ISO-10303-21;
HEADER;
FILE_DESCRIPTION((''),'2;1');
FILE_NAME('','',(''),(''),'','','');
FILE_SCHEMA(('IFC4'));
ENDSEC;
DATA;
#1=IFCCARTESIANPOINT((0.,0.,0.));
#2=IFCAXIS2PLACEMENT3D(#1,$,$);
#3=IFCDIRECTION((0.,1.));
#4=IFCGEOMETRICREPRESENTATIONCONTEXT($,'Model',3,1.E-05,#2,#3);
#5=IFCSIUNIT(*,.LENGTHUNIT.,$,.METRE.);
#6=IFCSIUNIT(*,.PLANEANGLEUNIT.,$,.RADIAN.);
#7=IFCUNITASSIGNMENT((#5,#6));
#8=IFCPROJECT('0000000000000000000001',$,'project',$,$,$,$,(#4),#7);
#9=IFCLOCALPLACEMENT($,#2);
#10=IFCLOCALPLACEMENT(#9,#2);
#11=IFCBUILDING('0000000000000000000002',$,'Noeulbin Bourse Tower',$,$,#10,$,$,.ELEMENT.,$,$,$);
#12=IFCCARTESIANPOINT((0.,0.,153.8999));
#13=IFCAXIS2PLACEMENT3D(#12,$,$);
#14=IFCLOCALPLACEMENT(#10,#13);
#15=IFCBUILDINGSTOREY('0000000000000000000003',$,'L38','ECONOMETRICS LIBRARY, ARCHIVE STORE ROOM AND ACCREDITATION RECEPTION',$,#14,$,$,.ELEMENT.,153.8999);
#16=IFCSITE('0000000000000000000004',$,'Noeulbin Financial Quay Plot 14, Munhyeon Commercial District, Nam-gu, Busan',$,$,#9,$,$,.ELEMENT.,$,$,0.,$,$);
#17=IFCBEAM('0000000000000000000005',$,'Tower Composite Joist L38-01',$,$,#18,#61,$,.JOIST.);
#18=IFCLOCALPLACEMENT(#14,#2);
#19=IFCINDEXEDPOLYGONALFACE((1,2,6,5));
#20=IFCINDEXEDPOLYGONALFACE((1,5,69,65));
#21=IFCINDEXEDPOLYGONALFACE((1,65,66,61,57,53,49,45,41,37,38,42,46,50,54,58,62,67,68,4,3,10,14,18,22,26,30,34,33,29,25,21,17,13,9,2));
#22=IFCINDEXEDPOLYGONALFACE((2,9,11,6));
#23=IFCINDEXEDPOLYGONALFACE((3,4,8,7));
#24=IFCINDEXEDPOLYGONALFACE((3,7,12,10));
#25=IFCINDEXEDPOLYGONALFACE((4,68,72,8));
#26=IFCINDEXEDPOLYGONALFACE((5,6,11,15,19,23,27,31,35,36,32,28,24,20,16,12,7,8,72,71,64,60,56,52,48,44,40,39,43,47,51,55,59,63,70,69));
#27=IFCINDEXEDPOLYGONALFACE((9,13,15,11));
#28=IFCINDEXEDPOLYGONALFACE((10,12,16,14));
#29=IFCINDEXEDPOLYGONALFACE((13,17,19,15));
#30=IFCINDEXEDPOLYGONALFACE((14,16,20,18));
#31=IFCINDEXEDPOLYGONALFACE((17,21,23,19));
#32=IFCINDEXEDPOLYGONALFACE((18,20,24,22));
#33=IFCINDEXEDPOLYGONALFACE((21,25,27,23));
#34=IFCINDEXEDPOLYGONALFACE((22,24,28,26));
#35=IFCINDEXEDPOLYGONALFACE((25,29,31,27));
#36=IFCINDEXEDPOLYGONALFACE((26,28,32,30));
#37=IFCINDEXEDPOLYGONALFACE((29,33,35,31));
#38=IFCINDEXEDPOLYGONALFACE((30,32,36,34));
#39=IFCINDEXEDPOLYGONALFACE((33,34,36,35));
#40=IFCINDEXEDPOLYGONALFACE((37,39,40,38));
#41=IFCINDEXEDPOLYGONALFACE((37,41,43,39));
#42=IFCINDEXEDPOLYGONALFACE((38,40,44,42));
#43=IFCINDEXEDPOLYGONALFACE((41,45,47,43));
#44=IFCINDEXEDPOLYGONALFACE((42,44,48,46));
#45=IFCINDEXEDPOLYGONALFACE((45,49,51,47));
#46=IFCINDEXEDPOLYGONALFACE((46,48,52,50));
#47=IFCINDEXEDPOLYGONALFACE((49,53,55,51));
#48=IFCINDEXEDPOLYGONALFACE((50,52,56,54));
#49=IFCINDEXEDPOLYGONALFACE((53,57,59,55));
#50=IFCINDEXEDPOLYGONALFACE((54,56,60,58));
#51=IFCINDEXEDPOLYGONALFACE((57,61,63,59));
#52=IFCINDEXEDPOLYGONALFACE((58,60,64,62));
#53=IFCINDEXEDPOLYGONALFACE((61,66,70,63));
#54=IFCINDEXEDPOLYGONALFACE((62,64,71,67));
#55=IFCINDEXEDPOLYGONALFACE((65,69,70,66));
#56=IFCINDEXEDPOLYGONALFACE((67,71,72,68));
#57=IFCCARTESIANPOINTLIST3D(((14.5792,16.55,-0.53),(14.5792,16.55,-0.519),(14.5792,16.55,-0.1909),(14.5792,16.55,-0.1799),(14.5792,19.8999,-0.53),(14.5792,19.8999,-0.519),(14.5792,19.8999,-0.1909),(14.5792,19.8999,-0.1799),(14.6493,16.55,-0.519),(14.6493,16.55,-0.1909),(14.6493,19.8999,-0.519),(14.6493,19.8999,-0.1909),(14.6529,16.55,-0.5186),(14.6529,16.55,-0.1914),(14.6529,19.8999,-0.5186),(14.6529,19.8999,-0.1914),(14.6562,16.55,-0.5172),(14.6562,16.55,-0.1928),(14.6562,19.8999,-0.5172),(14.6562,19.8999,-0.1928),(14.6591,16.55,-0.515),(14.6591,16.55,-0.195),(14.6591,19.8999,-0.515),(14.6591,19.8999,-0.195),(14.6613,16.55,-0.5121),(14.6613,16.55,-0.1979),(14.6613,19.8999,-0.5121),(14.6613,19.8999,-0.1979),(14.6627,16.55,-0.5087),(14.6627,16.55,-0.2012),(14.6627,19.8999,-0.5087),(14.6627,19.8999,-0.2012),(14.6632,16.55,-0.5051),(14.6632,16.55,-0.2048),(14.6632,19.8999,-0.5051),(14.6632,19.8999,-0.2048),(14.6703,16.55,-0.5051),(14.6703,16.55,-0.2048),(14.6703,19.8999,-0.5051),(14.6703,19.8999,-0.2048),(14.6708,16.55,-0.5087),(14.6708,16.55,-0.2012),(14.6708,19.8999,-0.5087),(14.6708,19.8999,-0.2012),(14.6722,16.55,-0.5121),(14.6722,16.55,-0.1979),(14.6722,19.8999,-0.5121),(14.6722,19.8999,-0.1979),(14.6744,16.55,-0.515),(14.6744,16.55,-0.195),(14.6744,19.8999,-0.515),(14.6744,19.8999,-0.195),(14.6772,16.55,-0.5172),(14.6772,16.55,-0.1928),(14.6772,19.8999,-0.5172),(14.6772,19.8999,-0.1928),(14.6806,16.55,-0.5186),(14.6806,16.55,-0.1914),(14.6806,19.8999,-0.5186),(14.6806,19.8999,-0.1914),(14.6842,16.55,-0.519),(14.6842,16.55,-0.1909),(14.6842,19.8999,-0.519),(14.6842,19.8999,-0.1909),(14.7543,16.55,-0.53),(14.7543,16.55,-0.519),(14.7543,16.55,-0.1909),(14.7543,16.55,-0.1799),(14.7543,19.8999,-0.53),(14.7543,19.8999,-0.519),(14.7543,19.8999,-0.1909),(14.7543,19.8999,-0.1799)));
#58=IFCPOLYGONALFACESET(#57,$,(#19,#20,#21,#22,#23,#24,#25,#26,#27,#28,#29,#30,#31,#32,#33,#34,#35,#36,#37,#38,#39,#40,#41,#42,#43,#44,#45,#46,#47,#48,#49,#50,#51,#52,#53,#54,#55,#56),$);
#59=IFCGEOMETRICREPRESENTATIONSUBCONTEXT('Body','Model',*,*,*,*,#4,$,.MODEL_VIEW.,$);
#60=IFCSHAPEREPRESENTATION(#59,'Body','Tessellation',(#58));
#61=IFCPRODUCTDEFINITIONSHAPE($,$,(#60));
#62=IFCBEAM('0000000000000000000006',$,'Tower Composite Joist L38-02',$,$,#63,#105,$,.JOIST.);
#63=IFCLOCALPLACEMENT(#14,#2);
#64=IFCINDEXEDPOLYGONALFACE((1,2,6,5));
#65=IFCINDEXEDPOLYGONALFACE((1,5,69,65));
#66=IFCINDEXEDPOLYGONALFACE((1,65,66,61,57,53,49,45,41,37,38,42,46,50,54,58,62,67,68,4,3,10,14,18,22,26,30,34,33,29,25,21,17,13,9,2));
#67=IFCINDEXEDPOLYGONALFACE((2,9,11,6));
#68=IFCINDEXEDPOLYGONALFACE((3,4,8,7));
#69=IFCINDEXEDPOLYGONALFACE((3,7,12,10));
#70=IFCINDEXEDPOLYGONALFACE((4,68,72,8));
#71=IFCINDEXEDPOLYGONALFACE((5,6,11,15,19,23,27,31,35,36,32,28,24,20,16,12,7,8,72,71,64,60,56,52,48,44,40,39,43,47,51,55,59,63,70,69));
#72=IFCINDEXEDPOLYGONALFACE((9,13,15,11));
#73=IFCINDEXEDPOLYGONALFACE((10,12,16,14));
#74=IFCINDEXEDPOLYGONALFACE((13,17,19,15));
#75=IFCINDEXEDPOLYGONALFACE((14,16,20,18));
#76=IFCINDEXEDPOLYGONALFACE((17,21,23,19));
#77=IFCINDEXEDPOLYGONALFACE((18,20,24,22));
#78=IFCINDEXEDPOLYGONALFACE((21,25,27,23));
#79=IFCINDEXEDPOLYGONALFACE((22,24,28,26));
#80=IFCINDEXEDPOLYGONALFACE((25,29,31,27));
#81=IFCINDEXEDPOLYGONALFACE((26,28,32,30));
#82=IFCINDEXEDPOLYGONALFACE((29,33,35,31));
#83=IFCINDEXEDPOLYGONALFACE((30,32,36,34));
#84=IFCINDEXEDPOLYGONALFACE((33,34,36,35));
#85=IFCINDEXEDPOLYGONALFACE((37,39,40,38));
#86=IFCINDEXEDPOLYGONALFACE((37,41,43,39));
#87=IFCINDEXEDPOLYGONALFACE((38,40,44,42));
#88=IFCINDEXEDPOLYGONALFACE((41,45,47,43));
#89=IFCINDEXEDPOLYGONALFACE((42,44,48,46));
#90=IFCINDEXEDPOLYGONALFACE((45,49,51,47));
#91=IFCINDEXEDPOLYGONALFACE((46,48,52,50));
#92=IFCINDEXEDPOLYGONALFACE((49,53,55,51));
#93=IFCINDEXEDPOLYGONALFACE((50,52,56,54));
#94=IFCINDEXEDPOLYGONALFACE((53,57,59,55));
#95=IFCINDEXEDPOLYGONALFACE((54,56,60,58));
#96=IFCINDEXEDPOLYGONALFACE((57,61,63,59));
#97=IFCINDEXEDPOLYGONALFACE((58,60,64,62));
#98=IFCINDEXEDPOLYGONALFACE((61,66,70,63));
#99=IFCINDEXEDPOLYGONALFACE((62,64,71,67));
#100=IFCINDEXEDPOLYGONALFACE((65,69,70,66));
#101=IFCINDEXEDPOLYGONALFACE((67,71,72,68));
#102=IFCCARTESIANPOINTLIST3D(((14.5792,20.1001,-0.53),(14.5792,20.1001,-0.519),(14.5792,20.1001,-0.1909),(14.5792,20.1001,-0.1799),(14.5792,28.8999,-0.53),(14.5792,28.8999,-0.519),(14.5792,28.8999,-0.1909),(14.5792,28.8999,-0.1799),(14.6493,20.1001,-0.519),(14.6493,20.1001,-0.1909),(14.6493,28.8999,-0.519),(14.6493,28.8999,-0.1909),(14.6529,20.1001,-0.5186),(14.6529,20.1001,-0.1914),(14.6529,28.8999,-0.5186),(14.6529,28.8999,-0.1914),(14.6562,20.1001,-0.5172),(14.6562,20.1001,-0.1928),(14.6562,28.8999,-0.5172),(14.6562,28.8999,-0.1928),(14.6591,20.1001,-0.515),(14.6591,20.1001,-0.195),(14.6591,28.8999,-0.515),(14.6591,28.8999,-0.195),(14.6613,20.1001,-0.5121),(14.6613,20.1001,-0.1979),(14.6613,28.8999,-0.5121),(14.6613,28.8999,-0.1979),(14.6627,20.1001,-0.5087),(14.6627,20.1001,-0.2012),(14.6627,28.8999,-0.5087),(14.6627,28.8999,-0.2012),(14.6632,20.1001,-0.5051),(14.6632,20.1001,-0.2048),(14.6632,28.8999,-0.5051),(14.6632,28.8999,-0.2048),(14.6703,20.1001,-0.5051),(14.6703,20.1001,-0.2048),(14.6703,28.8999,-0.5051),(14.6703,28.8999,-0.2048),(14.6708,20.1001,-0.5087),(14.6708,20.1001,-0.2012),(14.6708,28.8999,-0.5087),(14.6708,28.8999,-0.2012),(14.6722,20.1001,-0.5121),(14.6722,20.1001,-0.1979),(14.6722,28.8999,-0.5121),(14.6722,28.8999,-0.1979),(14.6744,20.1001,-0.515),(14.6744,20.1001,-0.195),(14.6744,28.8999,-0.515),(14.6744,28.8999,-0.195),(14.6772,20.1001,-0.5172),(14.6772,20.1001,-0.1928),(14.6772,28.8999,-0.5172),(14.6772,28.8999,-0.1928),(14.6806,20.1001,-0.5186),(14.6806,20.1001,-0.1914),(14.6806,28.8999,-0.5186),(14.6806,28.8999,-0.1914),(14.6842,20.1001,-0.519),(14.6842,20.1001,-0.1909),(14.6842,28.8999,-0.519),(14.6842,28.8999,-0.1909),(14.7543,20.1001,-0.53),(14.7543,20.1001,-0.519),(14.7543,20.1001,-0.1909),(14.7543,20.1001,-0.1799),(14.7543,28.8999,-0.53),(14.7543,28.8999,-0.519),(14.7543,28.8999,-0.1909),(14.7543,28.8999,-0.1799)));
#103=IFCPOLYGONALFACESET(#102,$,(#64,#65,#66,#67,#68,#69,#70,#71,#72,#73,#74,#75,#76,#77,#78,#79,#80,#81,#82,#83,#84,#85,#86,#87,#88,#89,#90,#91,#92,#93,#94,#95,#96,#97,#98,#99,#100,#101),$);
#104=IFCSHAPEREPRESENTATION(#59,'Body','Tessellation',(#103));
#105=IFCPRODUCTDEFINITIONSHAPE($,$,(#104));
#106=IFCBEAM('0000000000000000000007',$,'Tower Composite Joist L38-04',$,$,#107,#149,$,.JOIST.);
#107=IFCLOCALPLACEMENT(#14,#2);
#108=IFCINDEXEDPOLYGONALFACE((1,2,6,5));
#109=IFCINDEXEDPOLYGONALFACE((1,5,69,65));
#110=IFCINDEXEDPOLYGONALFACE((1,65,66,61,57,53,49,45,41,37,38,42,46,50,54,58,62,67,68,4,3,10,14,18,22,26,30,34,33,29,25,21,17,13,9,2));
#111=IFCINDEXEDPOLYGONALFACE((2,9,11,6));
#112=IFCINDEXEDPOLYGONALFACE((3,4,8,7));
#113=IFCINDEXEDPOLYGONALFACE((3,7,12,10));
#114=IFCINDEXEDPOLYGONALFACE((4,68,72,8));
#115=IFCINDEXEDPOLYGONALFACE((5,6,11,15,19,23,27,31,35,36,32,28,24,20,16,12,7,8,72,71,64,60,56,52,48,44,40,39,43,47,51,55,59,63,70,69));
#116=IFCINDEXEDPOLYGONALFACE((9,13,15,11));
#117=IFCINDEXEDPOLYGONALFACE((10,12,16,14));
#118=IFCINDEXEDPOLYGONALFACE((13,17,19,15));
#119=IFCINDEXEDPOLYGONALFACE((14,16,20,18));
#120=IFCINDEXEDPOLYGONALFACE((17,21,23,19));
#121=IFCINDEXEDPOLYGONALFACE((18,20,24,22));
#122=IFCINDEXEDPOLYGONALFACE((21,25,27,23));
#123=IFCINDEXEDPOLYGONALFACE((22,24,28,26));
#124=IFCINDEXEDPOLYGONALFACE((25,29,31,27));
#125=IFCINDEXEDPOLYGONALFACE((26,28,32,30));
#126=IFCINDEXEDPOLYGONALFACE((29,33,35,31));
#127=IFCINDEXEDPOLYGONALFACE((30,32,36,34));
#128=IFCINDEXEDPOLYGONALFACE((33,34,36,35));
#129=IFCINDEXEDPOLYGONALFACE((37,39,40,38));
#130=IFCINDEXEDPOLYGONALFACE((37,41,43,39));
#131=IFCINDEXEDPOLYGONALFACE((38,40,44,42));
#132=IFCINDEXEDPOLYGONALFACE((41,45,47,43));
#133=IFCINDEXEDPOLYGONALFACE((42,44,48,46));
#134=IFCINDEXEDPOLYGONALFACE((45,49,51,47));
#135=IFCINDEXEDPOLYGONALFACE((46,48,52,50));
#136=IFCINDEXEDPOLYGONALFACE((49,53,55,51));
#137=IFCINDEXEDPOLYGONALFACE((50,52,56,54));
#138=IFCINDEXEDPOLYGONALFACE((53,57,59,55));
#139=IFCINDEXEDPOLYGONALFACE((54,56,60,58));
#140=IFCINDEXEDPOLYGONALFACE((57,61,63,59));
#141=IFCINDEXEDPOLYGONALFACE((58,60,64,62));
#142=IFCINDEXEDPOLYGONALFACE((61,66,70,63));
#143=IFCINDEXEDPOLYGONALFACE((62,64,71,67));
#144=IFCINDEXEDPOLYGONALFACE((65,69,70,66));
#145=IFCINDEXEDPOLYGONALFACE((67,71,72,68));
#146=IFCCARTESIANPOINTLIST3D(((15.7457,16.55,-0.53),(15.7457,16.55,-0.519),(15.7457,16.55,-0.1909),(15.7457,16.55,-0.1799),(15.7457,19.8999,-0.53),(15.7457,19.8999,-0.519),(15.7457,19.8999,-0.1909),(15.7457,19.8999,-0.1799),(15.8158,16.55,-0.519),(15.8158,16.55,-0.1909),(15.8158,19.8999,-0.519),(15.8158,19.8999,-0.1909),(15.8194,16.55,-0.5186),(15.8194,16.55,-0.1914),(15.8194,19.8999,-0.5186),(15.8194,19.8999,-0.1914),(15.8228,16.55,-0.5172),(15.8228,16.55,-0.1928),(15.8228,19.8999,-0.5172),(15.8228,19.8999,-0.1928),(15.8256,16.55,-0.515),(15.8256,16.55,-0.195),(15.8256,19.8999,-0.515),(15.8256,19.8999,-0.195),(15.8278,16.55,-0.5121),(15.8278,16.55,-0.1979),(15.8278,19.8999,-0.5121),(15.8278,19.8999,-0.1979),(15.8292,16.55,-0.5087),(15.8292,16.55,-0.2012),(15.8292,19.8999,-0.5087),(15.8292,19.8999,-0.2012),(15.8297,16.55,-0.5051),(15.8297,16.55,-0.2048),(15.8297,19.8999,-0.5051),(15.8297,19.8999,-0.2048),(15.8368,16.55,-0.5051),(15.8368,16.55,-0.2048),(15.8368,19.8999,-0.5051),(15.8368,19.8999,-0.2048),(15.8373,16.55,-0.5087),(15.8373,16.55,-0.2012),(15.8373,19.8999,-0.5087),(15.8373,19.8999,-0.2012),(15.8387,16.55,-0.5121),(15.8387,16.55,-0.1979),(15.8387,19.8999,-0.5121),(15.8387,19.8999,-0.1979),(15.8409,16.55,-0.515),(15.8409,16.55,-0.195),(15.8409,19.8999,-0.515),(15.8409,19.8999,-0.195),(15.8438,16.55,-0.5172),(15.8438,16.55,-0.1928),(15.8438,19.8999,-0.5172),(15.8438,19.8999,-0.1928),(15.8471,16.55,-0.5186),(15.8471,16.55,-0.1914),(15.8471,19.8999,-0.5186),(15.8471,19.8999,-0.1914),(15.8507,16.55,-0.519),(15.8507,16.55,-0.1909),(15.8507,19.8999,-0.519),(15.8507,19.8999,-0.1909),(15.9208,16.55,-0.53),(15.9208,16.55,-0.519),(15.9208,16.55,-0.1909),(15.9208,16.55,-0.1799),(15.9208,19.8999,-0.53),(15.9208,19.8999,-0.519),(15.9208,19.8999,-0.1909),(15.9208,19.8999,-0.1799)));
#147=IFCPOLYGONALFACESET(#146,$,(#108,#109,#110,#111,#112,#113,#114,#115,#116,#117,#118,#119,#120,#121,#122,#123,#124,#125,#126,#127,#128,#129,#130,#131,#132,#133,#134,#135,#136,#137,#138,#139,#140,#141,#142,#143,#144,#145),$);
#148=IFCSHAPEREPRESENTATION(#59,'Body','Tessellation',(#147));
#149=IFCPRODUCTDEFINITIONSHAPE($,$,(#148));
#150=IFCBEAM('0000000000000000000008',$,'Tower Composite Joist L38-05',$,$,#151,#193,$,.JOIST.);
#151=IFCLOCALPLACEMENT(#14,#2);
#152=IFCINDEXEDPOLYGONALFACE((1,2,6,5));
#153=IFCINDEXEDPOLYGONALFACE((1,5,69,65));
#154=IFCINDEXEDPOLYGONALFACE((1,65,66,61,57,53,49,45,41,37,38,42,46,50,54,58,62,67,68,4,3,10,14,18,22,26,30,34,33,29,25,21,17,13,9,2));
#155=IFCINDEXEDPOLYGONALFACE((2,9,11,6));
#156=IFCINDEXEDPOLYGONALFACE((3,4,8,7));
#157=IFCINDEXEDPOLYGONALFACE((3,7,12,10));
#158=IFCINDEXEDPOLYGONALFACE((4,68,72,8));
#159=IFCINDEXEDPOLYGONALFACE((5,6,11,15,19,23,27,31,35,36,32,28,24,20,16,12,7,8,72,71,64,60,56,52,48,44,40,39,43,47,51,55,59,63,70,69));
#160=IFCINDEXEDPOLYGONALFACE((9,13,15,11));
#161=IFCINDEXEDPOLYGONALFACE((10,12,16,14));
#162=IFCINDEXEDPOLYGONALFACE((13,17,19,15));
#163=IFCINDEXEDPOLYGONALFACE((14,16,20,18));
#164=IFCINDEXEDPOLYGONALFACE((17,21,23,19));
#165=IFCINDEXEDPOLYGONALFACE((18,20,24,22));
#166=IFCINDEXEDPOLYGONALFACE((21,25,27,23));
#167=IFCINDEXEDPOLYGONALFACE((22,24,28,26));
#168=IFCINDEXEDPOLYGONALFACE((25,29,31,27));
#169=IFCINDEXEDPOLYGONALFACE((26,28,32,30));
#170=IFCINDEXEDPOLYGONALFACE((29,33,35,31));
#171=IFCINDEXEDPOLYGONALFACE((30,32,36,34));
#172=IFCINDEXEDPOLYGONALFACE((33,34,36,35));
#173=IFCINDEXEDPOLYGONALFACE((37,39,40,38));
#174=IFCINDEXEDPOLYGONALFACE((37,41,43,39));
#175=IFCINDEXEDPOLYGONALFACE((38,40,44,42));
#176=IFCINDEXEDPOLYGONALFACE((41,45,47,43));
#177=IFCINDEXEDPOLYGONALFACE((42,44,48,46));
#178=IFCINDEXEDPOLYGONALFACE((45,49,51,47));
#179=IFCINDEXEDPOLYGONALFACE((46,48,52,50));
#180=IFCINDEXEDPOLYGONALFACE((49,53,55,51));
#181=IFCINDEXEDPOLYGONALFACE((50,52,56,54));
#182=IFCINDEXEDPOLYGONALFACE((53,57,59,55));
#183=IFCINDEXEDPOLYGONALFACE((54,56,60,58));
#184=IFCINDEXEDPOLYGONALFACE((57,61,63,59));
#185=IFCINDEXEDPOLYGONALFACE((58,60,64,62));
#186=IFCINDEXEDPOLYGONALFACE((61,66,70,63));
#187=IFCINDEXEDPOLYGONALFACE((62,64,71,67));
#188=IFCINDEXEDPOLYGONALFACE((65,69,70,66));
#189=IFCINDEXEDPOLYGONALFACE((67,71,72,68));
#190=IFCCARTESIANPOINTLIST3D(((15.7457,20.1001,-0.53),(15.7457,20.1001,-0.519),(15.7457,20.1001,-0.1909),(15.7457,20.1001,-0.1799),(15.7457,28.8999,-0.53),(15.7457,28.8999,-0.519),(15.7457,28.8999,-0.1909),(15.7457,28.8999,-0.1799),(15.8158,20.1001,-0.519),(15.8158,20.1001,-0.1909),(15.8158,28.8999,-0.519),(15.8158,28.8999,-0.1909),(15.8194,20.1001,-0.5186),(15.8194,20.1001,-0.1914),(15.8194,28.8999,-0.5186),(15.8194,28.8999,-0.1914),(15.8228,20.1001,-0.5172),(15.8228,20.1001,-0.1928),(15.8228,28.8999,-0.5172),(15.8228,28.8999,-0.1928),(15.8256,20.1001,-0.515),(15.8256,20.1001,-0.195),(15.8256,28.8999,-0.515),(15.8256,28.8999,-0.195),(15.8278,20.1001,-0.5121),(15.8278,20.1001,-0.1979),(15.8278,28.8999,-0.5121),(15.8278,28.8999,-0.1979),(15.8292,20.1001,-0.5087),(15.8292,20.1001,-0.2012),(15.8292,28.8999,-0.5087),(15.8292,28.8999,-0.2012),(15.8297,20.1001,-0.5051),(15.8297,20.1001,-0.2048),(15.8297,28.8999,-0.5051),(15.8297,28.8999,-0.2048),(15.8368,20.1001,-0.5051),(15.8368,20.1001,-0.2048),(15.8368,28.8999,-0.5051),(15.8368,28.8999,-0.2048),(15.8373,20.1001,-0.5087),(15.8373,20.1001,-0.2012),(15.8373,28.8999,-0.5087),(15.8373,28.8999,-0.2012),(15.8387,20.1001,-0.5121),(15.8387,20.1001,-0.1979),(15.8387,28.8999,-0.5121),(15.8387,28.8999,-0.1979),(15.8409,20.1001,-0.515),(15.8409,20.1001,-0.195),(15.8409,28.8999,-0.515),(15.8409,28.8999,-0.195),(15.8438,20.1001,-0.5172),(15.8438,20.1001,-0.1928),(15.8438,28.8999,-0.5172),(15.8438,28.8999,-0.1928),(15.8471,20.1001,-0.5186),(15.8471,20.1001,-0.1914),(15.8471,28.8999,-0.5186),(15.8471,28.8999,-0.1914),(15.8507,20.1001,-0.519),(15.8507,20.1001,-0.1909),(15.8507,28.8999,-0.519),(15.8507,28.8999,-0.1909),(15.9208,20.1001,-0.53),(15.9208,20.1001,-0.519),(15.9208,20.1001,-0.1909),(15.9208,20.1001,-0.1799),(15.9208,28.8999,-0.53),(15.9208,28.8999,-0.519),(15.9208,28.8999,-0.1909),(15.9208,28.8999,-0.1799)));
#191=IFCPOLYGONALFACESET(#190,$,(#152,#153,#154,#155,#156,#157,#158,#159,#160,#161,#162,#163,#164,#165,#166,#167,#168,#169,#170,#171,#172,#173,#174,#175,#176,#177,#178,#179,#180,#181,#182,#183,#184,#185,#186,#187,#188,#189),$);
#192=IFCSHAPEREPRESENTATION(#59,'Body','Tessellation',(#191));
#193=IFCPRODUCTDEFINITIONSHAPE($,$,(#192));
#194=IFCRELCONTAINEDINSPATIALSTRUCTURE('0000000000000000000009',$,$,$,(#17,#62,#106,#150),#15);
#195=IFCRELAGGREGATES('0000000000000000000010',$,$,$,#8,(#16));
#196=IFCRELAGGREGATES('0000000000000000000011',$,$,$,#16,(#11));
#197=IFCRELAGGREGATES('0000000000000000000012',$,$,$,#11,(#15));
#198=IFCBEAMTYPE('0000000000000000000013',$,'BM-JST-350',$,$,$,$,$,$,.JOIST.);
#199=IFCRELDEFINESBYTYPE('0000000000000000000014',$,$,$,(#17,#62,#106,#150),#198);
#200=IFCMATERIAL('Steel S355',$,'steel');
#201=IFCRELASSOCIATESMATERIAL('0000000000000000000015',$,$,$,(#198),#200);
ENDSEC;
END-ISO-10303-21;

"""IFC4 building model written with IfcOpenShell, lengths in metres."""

from ifc_helpers import new_model, si_unit, direction, frame, origin, origin_2d, place, context, subcontext, project, spatial, i_section, extrude, material, material_profile, profile_set, type_object, element, save


model = new_model("IFC4")

# Units and contexts
model_context = context("Model", 3, precision=1e-05, world=origin(), true_north=direction((0.0, 1.0)))
body_context = subcontext(model_context, "Body", "Model", "MODEL_VIEW")
ifc_project = project(units=[si_unit("LENGTHUNIT", "METRE"), si_unit("PLANEANGLEUNIT", "RADIAN")], contexts=[model_context])

# Site, building, storey
site_placement = place(None, origin())
site = spatial("IfcSite", under=ifc_project, at=site_placement, Name="Noeulbin Financial Quay Plot 14, Munhyeon Commercial District, Nam-gu, Busan", CompositionType="ELEMENT", RefElevation=0.0)
building_placement = place(site_placement, origin())
building = spatial("IfcBuilding", under=site, at=building_placement, Name="Noeulbin Bourse Tower", CompositionType="ELEMENT")
storey_placement = place(building_placement, frame((0.0, 0.0, 153.8999)))
storey = spatial("IfcBuildingStorey", under=building, at=storey_placement, Name="L38", Description="ECONOMETRICS LIBRARY, ARCHIVE STORE ROOM AND ACCREDITATION RECEPTION", CompositionType="ELEMENT", Elevation=153.8999)

# Shared definitions
ifc_material_1 = material(Name="Steel S355", Category="steel")

# Beams
ifc_material_profile_1 = material_profile(ifc_material_1, i_section(OverallWidth=0.175, OverallDepth=0.3501, WebThickness=0.0071, FlangeThickness=0.011, FilletRadius=0.0139, at=origin_2d()), Name="H-350x175x7x11", Category="LoadBearing")
ifc_profile_set_1 = profile_set([ifc_material_profile_1], Name="Steel S355")
beam_type_1 = type_object("IfcBeamType", Name="BM-JST-350", PredefinedType="JOIST", material=ifc_profile_set_1)
beam_1_placement = place(storey_placement, frame((14.6667, 16.55, -0.355), z_axis=(0.0, 1.0, 0.0), x_axis=(-1.0, 0.0, 0.0)))
element("IfcBeam", 1, at=beam_1_placement, inside=storey, type_object=beam_type_1, Name="Tower Composite Joist L38-01", PredefinedType="JOIST", context=body_context, shape_type="SweptSolid", body=[
    extrude(i_section(OverallWidth=0.175, OverallDepth=0.3501, WebThickness=0.0071, FlangeThickness=0.011, FilletRadius=0.0139, at=origin_2d()), origin(), (0.0, 0.0, 1.0), 3.3499),
])
beam_2_placement = place(storey_placement, frame((14.6667, 20.1001, -0.355), z_axis=(0.0, 1.0, 0.0), x_axis=(-1.0, 0.0, 0.0)))
element("IfcBeam", 2, at=beam_2_placement, inside=storey, type_object=beam_type_1, Name="Tower Composite Joist L38-02", PredefinedType="JOIST", context=body_context, shape_type="SweptSolid", body=[
    extrude(i_section(OverallWidth=0.175, OverallDepth=0.3501, WebThickness=0.0071, FlangeThickness=0.011, FilletRadius=0.0139, at=origin_2d()), origin(), (0.0, 0.0, 1.0), 8.7998),
])
beam_3_placement = place(storey_placement, frame((15.8333, 16.55, -0.355), z_axis=(0.0, 1.0, 0.0), x_axis=(-1.0, 0.0, 0.0)))
element("IfcBeam", 3, at=beam_3_placement, inside=storey, type_object=beam_type_1, Name="Tower Composite Joist L38-04", PredefinedType="JOIST", context=body_context, shape_type="SweptSolid", body=[
    extrude(i_section(OverallWidth=0.175, OverallDepth=0.3501, WebThickness=0.0071, FlangeThickness=0.011, FilletRadius=0.0139, at=origin_2d()), origin(), (0.0, 0.0, 1.0), 3.3499),
])
beam_4_placement = place(storey_placement, frame((15.8333, 20.1001, -0.355), z_axis=(0.0, 1.0, 0.0), x_axis=(-1.0, 0.0, 0.0)))
element("IfcBeam", 4, at=beam_4_placement, inside=storey, type_object=beam_type_1, Name="Tower Composite Joist L38-05", PredefinedType="JOIST", context=body_context, shape_type="SweptSolid", body=[
    extrude(i_section(OverallWidth=0.175, OverallDepth=0.3501, WebThickness=0.0071, FlangeThickness=0.011, FilletRadius=0.0139, at=origin_2d()), origin(), (0.0, 0.0, 1.0), 8.7998),
])

save(model, "model.ifc")
